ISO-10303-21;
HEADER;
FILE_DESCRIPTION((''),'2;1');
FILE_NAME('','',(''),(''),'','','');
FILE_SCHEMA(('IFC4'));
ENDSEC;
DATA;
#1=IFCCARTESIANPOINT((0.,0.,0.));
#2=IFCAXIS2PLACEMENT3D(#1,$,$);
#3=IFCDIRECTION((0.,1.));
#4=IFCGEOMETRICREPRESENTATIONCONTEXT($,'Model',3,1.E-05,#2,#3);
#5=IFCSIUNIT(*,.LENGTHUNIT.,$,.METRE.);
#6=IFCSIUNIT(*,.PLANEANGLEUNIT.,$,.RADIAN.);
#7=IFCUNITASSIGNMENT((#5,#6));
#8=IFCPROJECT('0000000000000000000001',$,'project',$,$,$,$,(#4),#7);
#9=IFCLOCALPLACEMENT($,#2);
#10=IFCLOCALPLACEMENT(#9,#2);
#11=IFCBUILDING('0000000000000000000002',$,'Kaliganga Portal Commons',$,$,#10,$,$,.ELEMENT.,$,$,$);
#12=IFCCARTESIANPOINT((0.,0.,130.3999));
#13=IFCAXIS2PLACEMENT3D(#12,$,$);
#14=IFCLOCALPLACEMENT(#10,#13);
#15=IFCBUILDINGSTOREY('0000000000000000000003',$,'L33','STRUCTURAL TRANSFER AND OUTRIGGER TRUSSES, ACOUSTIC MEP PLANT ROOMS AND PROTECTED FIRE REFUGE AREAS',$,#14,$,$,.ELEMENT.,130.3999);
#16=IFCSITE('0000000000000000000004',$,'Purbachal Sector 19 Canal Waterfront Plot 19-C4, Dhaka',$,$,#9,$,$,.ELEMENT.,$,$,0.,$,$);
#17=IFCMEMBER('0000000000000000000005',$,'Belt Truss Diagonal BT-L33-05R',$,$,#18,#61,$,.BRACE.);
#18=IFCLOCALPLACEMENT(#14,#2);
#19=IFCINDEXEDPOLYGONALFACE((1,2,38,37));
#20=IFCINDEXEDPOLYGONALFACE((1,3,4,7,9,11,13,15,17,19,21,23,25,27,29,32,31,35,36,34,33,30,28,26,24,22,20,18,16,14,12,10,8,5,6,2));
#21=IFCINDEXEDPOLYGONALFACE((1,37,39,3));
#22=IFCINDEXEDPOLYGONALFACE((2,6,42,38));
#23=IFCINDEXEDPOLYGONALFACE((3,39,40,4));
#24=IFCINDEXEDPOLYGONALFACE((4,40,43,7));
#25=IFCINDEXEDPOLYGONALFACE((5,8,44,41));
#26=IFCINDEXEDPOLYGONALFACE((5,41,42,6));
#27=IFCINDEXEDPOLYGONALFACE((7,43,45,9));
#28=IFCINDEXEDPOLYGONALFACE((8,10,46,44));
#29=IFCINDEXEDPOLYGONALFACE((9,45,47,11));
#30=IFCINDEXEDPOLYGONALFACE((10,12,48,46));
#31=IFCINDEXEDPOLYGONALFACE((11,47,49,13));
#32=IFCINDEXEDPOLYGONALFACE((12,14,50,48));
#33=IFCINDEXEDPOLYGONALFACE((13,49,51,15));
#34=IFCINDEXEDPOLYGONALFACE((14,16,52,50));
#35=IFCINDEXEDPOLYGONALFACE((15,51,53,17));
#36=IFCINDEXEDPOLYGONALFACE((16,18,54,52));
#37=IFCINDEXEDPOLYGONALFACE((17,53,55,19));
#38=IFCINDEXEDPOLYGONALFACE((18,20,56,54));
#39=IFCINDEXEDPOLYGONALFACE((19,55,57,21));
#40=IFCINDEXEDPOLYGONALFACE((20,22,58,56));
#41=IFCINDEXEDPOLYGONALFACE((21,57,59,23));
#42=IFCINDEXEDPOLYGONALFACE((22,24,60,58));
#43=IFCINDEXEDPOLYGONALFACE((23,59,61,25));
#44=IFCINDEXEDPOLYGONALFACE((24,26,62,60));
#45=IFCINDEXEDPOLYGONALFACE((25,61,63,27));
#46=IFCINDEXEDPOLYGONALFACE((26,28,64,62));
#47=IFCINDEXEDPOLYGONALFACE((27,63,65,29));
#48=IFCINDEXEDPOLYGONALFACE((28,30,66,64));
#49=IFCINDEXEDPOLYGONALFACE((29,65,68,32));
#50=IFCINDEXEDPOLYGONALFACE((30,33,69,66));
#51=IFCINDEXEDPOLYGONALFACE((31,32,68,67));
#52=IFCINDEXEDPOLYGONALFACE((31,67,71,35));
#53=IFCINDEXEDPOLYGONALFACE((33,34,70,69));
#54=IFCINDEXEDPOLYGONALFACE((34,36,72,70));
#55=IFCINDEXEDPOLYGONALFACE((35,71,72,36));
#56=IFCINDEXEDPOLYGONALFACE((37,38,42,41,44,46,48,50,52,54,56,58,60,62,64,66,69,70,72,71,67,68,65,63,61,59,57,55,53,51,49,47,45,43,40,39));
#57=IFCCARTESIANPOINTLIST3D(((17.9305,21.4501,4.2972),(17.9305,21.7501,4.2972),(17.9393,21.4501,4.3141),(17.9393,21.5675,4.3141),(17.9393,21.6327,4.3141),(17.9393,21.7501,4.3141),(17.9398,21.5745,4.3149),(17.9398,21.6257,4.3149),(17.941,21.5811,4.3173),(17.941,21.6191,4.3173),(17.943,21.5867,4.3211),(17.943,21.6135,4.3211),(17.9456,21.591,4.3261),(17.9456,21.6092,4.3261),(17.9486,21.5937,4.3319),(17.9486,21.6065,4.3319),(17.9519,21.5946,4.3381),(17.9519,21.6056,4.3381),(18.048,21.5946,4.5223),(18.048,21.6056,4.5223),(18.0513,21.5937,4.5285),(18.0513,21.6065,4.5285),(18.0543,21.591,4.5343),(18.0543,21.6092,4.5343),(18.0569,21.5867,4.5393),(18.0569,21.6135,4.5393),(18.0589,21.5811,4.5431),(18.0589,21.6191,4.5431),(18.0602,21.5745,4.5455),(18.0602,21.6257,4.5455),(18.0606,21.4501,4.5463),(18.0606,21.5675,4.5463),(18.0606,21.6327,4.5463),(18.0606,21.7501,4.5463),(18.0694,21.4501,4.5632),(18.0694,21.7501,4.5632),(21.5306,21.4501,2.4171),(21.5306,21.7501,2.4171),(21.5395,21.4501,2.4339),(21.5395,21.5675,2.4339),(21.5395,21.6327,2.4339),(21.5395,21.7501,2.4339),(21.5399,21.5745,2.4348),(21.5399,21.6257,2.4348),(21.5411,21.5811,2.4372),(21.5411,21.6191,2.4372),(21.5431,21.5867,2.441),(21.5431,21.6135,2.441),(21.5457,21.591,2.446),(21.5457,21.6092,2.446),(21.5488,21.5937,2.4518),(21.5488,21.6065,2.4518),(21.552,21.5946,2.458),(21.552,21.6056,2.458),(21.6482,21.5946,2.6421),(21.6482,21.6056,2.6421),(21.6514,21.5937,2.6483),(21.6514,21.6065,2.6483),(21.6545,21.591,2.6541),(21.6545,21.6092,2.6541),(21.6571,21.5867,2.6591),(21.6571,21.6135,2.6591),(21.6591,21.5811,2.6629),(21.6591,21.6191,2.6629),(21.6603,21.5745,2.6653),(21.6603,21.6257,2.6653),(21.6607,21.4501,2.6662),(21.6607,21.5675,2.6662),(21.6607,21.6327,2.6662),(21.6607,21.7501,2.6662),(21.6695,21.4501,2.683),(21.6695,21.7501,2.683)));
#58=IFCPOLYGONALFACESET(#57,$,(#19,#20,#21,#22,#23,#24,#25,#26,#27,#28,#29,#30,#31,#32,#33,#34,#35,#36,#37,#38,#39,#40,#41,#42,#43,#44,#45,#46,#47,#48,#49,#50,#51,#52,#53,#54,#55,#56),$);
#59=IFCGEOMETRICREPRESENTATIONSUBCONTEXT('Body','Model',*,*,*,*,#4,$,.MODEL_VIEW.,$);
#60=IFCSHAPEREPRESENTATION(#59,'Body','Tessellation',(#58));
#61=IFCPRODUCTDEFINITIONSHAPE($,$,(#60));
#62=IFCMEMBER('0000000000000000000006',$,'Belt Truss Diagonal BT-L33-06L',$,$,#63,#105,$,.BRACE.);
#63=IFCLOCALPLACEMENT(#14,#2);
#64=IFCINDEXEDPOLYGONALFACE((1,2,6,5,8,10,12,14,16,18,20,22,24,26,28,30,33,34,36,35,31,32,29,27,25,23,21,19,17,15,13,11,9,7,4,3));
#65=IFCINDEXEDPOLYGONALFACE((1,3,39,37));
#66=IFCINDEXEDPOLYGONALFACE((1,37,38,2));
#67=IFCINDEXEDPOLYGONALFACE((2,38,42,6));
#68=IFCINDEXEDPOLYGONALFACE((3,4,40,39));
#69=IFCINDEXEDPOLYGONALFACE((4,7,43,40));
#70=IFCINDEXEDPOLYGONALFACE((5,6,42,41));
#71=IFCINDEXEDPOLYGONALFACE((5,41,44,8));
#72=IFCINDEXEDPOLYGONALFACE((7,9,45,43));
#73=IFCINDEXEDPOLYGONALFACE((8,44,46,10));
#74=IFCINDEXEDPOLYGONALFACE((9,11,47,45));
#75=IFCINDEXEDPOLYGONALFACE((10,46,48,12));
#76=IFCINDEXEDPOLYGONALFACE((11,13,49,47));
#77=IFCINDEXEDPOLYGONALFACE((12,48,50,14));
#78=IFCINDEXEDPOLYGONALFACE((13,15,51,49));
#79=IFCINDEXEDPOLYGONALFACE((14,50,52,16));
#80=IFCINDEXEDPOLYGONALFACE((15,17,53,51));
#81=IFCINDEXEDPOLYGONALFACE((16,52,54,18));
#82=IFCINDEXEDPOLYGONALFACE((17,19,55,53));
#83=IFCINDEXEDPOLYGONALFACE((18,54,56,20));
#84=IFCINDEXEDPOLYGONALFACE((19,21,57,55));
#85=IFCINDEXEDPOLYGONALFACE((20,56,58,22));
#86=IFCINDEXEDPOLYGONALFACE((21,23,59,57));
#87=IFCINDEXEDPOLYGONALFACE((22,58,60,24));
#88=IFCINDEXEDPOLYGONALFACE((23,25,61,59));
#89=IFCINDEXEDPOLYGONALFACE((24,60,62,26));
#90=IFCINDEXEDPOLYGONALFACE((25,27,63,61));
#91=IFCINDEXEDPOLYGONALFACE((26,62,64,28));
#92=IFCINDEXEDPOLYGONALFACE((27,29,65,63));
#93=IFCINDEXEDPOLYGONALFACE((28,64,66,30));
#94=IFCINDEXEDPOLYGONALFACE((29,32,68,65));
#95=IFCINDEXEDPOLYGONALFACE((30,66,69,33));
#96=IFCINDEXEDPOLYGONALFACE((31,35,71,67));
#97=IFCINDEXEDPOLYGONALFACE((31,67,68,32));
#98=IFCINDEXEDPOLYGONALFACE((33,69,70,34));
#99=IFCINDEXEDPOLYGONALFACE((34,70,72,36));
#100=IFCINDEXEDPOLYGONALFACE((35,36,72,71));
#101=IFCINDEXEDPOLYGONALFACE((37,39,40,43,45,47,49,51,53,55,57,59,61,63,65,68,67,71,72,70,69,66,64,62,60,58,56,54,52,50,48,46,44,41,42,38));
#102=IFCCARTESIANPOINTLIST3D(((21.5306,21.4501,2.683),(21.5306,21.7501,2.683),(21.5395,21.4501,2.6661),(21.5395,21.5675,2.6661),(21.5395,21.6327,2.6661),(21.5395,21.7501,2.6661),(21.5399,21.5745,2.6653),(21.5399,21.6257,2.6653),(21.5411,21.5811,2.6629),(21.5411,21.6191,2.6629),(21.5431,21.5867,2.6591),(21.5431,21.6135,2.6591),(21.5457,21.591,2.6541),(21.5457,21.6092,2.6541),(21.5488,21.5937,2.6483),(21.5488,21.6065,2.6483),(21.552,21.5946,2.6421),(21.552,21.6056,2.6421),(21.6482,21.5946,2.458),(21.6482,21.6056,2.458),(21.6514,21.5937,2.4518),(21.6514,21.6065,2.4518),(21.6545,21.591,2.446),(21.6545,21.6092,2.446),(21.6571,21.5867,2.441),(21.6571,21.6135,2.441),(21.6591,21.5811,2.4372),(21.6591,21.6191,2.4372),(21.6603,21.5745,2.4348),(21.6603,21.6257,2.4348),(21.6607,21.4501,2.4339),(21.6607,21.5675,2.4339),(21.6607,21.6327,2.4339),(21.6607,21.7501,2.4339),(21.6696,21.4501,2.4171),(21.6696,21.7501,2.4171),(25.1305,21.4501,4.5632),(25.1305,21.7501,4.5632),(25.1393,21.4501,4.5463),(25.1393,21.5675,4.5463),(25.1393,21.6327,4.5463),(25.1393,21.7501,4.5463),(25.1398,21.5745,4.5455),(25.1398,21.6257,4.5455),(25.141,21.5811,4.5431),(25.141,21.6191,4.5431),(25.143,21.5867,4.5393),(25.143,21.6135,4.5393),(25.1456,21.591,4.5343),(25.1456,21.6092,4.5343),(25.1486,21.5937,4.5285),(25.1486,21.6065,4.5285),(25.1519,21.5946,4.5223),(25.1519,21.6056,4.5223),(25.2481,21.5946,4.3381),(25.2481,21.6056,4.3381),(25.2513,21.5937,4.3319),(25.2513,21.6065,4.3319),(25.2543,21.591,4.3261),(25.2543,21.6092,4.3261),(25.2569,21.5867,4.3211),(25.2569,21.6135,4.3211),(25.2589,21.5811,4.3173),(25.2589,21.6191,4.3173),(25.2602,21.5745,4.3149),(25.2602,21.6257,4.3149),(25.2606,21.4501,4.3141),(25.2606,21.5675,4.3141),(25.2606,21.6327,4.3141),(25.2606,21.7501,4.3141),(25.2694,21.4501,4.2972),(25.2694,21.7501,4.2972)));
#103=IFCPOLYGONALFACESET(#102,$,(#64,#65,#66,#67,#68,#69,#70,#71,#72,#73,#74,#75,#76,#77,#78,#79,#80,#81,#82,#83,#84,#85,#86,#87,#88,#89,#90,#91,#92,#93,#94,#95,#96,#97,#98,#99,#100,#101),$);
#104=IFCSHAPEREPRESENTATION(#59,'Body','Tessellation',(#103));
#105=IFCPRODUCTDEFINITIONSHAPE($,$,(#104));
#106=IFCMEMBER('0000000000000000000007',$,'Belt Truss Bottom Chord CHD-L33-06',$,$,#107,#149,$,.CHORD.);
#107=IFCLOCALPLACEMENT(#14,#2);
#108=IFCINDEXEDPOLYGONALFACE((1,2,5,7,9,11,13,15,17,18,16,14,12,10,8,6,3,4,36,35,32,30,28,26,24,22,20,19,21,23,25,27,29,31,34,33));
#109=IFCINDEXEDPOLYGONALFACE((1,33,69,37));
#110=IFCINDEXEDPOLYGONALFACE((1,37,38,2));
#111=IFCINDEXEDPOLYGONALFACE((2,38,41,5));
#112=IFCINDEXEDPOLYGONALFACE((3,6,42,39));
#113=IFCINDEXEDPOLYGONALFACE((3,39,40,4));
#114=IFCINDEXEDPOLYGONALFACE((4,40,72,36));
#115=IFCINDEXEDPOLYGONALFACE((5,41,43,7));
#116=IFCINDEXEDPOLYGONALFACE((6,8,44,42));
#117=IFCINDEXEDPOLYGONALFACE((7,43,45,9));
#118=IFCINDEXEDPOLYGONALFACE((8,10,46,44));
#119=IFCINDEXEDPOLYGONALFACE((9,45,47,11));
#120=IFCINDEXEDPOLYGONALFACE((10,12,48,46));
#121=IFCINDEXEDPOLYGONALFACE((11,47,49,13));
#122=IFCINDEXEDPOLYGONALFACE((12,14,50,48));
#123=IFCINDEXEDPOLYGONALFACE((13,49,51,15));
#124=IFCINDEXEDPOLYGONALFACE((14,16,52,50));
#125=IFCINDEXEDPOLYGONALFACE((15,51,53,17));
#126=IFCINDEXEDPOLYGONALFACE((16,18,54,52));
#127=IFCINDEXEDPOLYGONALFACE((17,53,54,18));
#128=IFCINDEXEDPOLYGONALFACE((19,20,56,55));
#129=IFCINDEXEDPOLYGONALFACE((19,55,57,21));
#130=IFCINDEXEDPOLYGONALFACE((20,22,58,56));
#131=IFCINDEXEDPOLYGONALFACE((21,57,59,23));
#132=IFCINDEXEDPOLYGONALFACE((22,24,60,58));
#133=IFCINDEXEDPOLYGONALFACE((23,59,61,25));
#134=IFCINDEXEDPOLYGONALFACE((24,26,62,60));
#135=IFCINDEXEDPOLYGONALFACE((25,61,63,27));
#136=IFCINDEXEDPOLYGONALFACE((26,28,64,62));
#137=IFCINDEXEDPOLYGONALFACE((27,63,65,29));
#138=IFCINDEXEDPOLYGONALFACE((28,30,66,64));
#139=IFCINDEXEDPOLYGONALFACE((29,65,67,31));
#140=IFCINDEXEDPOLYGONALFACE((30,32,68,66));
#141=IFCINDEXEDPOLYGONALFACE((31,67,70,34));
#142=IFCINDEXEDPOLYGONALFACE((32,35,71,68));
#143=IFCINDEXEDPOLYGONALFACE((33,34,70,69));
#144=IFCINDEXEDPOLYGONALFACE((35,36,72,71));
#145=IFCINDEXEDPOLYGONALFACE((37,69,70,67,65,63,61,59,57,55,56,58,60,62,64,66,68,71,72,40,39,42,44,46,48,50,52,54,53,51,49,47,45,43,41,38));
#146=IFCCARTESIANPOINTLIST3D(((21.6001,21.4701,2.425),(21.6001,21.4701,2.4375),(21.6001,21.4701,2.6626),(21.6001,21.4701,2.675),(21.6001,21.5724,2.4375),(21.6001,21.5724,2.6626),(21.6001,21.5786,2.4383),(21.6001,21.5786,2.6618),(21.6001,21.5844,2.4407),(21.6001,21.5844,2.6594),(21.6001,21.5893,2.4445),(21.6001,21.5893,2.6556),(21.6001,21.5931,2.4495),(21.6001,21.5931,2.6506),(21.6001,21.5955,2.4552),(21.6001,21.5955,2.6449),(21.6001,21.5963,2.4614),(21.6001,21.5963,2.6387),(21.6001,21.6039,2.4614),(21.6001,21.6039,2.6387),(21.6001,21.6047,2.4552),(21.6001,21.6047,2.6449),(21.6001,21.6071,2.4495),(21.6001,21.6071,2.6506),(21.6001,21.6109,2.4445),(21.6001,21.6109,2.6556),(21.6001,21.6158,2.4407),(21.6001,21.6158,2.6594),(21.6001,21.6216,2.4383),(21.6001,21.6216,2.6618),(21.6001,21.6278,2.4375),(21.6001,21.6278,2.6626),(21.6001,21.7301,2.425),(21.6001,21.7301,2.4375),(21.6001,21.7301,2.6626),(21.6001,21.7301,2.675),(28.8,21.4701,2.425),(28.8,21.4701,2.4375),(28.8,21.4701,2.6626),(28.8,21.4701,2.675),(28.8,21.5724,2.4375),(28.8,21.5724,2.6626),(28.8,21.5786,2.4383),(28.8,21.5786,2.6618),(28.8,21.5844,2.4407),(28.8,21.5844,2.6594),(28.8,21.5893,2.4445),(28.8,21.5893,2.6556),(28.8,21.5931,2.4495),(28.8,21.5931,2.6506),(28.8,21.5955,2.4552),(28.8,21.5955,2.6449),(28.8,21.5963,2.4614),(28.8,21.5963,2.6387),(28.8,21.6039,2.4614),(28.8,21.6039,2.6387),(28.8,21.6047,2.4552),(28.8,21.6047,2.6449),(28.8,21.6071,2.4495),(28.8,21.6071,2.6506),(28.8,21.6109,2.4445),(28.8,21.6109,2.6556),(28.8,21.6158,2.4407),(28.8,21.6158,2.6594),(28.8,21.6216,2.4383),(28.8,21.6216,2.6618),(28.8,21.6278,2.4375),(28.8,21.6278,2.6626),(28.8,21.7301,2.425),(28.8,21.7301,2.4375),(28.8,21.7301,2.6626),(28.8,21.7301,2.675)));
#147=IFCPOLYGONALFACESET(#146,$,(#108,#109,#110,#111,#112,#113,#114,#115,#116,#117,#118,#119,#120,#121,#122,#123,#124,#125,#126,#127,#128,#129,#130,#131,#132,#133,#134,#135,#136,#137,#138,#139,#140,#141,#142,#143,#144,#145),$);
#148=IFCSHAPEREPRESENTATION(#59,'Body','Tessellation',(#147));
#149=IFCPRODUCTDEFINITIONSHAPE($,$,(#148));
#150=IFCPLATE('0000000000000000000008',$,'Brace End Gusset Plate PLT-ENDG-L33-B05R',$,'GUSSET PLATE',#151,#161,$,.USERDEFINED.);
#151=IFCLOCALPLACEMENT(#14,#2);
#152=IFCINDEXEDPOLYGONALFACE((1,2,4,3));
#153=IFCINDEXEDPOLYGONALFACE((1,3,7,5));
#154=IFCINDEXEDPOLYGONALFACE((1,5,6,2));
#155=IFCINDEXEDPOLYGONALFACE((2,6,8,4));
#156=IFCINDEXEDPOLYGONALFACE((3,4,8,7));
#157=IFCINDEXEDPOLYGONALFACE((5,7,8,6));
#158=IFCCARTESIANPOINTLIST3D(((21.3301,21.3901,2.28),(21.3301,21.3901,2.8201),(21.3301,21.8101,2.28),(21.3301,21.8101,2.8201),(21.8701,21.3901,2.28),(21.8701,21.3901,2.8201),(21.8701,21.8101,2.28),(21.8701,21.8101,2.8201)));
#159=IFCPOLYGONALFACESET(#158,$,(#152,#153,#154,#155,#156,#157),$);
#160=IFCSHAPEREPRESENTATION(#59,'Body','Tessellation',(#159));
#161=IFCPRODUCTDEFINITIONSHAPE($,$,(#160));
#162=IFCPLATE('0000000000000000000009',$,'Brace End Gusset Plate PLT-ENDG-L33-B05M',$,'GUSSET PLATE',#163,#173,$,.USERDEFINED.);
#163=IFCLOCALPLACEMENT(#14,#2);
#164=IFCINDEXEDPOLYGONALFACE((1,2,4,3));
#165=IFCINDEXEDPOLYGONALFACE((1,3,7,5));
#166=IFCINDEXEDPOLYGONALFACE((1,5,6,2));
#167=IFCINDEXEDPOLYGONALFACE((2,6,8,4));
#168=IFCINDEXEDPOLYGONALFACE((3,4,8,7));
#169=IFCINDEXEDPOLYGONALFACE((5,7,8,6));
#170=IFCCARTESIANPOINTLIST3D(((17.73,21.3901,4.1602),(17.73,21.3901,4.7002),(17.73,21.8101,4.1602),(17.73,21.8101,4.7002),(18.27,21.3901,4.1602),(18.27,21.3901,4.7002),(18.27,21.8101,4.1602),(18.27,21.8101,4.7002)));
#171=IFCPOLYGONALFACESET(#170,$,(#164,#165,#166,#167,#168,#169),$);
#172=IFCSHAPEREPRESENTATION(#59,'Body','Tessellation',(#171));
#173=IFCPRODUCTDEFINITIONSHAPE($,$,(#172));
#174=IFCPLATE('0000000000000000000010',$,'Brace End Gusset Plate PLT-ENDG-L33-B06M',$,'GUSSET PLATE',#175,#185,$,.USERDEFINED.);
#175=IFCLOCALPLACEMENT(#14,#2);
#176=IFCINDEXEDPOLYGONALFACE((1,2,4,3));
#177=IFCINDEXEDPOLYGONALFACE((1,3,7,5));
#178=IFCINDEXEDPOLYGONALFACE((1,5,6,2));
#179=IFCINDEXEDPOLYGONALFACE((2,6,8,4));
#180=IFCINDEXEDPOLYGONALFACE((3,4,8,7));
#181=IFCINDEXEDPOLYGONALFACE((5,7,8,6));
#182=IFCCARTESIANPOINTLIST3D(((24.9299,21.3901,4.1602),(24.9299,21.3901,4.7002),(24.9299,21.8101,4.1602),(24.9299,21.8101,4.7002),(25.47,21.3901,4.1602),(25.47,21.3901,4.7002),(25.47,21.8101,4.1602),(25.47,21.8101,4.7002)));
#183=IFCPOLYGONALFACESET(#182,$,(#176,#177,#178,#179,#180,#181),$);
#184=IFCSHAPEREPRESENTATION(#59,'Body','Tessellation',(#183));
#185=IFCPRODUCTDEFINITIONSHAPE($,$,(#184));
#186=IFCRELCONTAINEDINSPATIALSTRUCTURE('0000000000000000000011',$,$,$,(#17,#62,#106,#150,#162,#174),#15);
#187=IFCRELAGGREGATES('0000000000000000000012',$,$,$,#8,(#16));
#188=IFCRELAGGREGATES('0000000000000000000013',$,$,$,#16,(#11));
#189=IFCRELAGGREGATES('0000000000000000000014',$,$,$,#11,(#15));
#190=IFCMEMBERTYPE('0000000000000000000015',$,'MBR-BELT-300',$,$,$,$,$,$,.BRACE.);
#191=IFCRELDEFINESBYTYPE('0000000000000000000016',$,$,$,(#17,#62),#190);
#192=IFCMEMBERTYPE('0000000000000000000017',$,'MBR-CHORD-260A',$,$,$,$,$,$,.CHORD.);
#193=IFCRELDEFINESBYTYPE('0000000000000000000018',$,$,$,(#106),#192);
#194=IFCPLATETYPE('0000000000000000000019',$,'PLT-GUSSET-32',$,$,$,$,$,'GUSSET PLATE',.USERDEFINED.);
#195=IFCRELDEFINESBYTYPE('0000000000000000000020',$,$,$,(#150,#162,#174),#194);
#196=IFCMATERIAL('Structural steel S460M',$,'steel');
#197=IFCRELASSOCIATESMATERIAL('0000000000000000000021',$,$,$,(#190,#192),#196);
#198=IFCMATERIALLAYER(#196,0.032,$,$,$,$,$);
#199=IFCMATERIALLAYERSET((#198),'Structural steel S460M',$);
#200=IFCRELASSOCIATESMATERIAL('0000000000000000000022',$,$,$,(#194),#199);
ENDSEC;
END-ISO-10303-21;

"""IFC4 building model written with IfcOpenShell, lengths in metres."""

from ifc_helpers import new_model, si_unit, direction, frame, origin, origin_2d, place, context, subcontext, project, spatial, rectangle, i_section, extrude, source, transform, mapped, material, layer, layer_set, material_profile, profile_set, type_object, element, save


model = new_model("IFC4")

# Units and contexts
model_context = context("Model", 3, precision=1e-05, world=origin(), true_north=direction((0.0, 1.0)))
body_context = subcontext(model_context, "Body", "Model", "MODEL_VIEW")
ifc_project = project(units=[si_unit("LENGTHUNIT", "METRE"), si_unit("PLANEANGLEUNIT", "RADIAN")], contexts=[model_context])

# Site, building, storey
site_placement = place(None, origin())
site = spatial("IfcSite", under=ifc_project, at=site_placement, Name="Purbachal Sector 19 Canal Waterfront Plot 19-C4, Dhaka", CompositionType="ELEMENT", RefElevation=0.0)
building_placement = place(site_placement, origin())
building = spatial("IfcBuilding", under=site, at=building_placement, Name="Kaliganga Portal Commons", CompositionType="ELEMENT")
storey_placement = place(building_placement, frame((0.0, 0.0, 130.3999)))
storey = spatial("IfcBuildingStorey", under=building, at=storey_placement, Name="L33", Description="STRUCTURAL TRANSFER AND OUTRIGGER TRUSSES, ACOUSTIC MEP PLANT ROOMS AND PROTECTED FIRE REFUGE AREAS", CompositionType="ELEMENT", Elevation=130.3999)

# Shared definitions
ifc_material_1 = material(Name="Structural steel S460M", Category="steel")

# Members
ifc_material_profile_1 = material_profile(ifc_material_1, i_section(OverallWidth=0.3, OverallDepth=0.3, WebThickness=0.011, FlangeThickness=0.019, FilletRadius=0.0271, at=origin_2d()), Name="HE 300 B")
ifc_profile_set_1 = profile_set([ifc_material_profile_1], Name="Structural steel S460M wide-flange")
member_type_1 = type_object("IfcMemberType", Name="MBR-BELT-300", PredefinedType="BRACE", material=ifc_profile_set_1)
shared_shape_1 = source(origin(), body_context, "Body", "SweptSolid", [
    extrude(i_section(OverallWidth=0.3, OverallDepth=0.3, WebThickness=0.011, FlangeThickness=0.019, FilletRadius=0.0271, at=origin_2d()), origin(), (0.0, 0.0, 1.0), 4.0615),
])
member_1_placement = place(storey_placement, frame((21.6001, 21.6001, 2.55), z_axis=(-0.886401, 0.0, 0.462917), x_axis=(0.0, -1.0, 0.0)))
element("IfcMember", 1, at=member_1_placement, inside=storey, type_object=member_type_1, Name="Belt Truss Diagonal BT-L33-05R", PredefinedType="BRACE", context=body_context, shape_type="MappedRepresentation", body=[
    mapped(shared_shape_1, transform((0.0, 0.0, 0.0), x_axis=(1.0, 0.0, 0.0), y_axis=(0.0, 1.0, 0.0), z_axis=(0.0, 0.0, 1.0), scale=1.0)),
])
shared_shape_2 = source(origin(), body_context, "Body", "SweptSolid", [
    extrude(i_section(OverallWidth=0.3, OverallDepth=0.3, WebThickness=0.011, FlangeThickness=0.019, FilletRadius=0.0271, at=origin_2d()), origin(), (0.0, 0.0, 1.0), 4.0613),
])
member_2_placement = place(storey_placement, frame((21.6001, 21.6001, 2.55), z_axis=(0.886389, 0.0, 0.462942), x_axis=(0.0, 1.0, 0.0)))
element("IfcMember", 2, at=member_2_placement, inside=storey, type_object=member_type_1, Name="Belt Truss Diagonal BT-L33-06L", PredefinedType="BRACE", context=body_context, shape_type="MappedRepresentation", body=[
    mapped(shared_shape_2, transform((0.0, 0.0, 0.0), x_axis=(1.0, 0.0, 0.0), y_axis=(0.0, 1.0, 0.0), z_axis=(0.0, 0.0, 1.0), scale=1.0)),
])
ifc_material_profile_2 = material_profile(ifc_material_1, i_section(OverallWidth=0.26, OverallDepth=0.25, WebThickness=0.0076, FlangeThickness=0.0125, FilletRadius=0.0239, at=origin_2d()), Name="HE 260 A")
ifc_profile_set_2 = profile_set([ifc_material_profile_2], Name="Structural steel S460M wide-flange")
member_type_2 = type_object("IfcMemberType", Name="MBR-CHORD-260A", PredefinedType="CHORD", material=ifc_profile_set_2)
shared_shape_3 = source(origin(), body_context, "Body", "SweptSolid", [
    extrude(i_section(OverallWidth=0.26, OverallDepth=0.25, WebThickness=0.0076, FlangeThickness=0.0125, FilletRadius=0.0239, at=origin_2d()), origin(), (0.0, 0.0, 1.0), 7.2),
])
member_3_placement = place(storey_placement, frame((21.6001, 21.6001, 2.55), z_axis=(1.0, 0.0, 0.0), x_axis=(0.0, 1.0, 0.0)))
element("IfcMember", 3, at=member_3_placement, inside=storey, type_object=member_type_2, Name="Belt Truss Bottom Chord CHD-L33-06", PredefinedType="CHORD", context=body_context, shape_type="MappedRepresentation", body=[
    mapped(shared_shape_3, transform((0.0, 0.0, 0.0), x_axis=(1.0, 0.0, 0.0), y_axis=(0.0, 1.0, 0.0), z_axis=(0.0, 0.0, 1.0), scale=1.0)),
])

# Plates
ifc_layer_1 = layer(ifc_material_1, 0.032)
ifc_layer_set_1 = layer_set([ifc_layer_1], Name="Structural steel S460M")
plate_type = type_object("IfcPlateType", Name="PLT-GUSSET-32", ElementType="GUSSET PLATE", PredefinedType="USERDEFINED", material=ifc_layer_set_1)
shared_shape_4 = source(origin(), body_context, "Body", "SweptSolid", [
    extrude(rectangle(XDim=0.54, YDim=0.4199, at=origin_2d()), origin(), (0.0, 0.0, 1.0), 0.54),
])
for number, where, z_axis, x_axis, name in (
    (4, (21.6001, 21.6001, 2.28), (0.0, 0.0, 1.0), (1.0, 0.0, 0.0), "Brace End Gusset Plate PLT-ENDG-L33-B05R"),
    (5, (18.0, 21.6001, 4.1602), (0.0, 0.0, 1.0), (1.0, 0.0, 0.0), "Brace End Gusset Plate PLT-ENDG-L33-B05M"),
    (6, (25.2, 21.6001, 4.1602), (0.0, 0.0, 1.0), (1.0, 0.0, 0.0), "Brace End Gusset Plate PLT-ENDG-L33-B06M"),
):
    element("IfcPlate", number, at=place(storey_placement, frame(where, z_axis=z_axis, x_axis=x_axis)), inside=storey, type_object=plate_type, Name=name, ObjectType="GUSSET PLATE", PredefinedType="USERDEFINED", context=body_context, shape_type="MappedRepresentation", body=[
        mapped(shared_shape_4, transform((0.0, 0.0, 0.0), x_axis=(1.0, 0.0, 0.0), y_axis=(0.0, 1.0, 0.0), z_axis=(0.0, 0.0, 1.0), scale=1.0)),
    ])

save(model, "model.ifc")
